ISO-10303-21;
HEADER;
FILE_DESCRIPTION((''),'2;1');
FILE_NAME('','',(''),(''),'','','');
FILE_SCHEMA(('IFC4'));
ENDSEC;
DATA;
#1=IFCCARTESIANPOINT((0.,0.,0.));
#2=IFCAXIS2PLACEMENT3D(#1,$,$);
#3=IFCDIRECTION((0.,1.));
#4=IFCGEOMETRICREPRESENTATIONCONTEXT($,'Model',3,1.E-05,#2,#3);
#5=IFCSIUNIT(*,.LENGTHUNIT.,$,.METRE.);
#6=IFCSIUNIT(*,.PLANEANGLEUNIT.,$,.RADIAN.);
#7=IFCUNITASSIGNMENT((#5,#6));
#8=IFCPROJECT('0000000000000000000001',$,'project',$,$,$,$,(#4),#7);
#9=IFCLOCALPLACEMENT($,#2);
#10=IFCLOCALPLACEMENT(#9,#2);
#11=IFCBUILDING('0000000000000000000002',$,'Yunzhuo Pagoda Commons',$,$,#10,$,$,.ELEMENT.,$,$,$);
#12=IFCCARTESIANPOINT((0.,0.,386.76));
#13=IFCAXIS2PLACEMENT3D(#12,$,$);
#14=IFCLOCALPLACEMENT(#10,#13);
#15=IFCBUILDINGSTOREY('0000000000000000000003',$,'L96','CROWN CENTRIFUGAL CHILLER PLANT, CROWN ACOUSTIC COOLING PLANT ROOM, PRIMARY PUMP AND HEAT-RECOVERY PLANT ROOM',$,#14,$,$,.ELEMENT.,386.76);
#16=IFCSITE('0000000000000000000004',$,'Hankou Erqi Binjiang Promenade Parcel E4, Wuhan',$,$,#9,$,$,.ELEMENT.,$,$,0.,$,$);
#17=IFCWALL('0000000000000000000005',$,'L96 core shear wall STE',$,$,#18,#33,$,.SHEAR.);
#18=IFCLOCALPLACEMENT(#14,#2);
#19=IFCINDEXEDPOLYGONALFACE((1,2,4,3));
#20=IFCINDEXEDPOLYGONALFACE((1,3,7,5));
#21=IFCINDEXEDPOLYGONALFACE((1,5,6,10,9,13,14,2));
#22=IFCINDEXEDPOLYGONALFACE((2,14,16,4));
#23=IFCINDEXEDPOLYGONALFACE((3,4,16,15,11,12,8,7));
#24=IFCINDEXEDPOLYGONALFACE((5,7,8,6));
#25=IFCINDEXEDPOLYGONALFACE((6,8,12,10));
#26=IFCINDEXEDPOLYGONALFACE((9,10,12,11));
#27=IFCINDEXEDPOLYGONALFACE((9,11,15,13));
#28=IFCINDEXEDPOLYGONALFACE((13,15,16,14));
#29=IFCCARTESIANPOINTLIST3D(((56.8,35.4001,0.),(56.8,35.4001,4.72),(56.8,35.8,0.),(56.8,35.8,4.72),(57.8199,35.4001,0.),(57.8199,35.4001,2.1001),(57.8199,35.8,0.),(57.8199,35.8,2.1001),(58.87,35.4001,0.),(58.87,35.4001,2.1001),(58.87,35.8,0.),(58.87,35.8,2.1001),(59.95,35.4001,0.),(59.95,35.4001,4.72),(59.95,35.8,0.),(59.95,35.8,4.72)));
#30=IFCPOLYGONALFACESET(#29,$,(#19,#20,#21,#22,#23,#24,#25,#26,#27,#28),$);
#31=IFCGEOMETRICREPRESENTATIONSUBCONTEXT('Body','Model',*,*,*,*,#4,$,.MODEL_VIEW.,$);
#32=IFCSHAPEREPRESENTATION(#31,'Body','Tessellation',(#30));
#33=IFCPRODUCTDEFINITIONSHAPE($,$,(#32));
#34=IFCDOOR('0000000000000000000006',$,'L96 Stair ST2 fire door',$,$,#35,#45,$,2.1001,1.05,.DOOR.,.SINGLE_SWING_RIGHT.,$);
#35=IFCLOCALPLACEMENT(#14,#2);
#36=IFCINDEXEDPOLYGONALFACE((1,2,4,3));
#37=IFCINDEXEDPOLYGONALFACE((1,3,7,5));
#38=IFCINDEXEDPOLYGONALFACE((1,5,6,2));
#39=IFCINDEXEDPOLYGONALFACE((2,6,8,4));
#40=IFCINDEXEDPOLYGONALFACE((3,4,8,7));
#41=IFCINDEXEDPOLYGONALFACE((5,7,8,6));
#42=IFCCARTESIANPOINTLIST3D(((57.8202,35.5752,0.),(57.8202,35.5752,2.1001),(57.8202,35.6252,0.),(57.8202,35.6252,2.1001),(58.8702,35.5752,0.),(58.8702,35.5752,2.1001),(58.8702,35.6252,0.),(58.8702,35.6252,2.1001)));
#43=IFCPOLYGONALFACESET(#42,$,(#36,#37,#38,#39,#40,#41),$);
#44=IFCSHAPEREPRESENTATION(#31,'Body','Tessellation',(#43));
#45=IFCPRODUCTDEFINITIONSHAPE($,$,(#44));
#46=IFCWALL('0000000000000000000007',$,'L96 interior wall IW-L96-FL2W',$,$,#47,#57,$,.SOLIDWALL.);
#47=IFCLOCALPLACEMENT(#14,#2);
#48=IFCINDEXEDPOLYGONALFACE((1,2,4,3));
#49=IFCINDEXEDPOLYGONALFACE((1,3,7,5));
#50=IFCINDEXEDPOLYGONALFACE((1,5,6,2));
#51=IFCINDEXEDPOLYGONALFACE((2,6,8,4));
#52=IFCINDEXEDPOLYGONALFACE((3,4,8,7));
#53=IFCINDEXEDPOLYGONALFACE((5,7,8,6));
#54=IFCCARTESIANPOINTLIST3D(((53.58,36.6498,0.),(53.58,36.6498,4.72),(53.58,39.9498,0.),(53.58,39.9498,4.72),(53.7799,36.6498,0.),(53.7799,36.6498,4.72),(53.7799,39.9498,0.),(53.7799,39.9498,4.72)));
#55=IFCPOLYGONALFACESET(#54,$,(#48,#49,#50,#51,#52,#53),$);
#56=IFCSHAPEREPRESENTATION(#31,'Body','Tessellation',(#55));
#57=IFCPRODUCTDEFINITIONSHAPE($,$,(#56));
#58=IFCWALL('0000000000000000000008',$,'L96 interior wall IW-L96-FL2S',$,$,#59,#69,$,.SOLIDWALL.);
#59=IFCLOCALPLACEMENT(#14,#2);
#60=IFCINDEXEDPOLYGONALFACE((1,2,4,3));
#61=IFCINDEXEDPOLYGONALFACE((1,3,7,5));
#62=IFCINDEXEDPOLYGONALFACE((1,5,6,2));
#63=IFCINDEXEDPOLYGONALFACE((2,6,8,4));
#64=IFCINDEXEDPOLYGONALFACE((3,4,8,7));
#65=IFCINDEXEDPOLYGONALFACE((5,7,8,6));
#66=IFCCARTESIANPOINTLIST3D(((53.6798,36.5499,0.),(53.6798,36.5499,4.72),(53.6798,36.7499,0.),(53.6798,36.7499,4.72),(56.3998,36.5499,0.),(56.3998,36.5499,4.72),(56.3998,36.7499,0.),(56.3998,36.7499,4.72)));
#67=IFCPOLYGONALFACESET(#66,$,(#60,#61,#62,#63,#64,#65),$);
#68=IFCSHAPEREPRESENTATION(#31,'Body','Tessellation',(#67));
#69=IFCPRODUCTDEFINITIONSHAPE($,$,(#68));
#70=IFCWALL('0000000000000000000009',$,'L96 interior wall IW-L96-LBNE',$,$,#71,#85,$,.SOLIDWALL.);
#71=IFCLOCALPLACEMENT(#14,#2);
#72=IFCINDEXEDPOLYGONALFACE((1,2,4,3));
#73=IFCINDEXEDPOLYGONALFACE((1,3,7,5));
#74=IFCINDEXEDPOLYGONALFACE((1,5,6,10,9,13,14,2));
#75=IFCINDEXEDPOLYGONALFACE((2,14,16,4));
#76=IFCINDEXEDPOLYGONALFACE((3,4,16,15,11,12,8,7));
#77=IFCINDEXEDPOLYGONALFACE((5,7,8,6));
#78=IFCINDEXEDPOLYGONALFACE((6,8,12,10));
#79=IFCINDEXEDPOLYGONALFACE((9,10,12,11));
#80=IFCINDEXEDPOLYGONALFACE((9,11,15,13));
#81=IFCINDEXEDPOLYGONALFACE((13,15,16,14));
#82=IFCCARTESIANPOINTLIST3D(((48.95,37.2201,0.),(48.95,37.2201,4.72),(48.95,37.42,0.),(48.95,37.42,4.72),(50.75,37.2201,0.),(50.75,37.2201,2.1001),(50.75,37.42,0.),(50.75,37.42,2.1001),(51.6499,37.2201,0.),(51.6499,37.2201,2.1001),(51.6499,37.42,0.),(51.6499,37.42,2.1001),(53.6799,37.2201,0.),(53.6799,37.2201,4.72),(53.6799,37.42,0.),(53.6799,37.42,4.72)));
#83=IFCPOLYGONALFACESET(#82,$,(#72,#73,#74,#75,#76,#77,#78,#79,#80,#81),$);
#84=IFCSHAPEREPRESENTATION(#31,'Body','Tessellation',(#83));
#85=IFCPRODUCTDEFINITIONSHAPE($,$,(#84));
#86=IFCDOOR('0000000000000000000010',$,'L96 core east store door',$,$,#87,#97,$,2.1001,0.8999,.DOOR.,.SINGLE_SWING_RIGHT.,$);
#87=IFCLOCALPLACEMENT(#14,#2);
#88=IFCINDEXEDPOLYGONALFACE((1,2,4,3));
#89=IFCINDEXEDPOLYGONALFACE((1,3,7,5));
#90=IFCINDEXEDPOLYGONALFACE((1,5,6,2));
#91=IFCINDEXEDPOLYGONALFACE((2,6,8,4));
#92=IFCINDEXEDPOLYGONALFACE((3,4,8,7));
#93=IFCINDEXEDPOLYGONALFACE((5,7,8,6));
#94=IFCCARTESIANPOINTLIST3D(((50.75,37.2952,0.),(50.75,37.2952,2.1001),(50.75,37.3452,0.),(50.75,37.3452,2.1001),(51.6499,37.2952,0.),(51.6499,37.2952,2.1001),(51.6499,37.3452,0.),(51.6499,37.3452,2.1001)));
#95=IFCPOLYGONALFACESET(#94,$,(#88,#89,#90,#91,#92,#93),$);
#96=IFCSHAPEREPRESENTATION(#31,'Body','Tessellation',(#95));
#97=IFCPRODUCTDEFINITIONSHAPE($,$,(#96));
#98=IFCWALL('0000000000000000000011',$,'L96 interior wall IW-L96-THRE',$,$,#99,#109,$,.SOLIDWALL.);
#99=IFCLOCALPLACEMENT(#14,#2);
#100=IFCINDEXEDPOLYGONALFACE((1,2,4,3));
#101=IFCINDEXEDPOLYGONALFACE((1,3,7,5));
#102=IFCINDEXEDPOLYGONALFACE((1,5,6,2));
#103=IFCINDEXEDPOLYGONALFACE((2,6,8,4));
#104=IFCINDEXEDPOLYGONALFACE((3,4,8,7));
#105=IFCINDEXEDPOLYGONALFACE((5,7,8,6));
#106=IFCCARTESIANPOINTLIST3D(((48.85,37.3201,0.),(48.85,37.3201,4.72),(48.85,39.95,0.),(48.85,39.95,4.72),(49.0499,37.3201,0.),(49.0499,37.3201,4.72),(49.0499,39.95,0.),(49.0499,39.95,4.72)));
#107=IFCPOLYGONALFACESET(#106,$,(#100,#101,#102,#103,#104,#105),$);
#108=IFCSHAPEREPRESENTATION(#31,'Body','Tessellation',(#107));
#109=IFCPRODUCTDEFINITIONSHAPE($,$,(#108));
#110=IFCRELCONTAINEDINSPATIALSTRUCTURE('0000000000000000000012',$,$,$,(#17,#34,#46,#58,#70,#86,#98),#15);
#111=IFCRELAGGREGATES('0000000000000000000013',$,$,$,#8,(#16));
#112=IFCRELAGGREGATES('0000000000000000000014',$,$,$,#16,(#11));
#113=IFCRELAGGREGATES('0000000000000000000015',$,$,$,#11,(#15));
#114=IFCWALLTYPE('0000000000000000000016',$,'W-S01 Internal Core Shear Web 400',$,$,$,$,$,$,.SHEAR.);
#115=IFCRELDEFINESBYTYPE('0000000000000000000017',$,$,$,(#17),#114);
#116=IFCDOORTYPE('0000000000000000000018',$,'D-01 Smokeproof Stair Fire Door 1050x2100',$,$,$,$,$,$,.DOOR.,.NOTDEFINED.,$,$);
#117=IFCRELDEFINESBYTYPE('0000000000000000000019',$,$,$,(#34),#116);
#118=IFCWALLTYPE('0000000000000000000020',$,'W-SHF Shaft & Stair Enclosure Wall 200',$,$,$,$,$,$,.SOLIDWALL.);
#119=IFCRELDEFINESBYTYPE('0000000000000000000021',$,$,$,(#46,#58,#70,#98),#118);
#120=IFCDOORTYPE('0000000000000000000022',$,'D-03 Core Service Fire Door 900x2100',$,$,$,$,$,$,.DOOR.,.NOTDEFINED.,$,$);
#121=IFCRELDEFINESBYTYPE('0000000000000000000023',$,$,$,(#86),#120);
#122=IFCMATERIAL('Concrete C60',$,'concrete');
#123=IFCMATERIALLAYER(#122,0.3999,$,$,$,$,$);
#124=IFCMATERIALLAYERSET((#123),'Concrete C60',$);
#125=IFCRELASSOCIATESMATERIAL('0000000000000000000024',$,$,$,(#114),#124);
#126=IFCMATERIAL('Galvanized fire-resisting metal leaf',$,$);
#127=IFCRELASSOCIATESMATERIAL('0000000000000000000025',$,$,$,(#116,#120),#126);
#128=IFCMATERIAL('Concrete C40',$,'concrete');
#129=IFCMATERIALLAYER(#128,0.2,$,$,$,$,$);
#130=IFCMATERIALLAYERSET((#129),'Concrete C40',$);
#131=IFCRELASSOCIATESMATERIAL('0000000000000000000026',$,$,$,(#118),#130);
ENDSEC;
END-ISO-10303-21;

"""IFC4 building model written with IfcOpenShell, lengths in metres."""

from ifc_helpers import new_model, si_unit, direction, frame, frame_2d, origin, place, context, subcontext, project, spatial, rectangle, extrude, source, transform, mapped, material, layer, layer_set, type_object, element, fill, save


model = new_model("IFC4")

# Units and contexts
model_context = context("Model", 3, precision=1e-05, world=origin(), true_north=direction((0.0, 1.0)))
body_context = subcontext(model_context, "Body", "Model", "MODEL_VIEW")
ifc_project = project(units=[si_unit("LENGTHUNIT", "METRE"), si_unit("PLANEANGLEUNIT", "RADIAN")], contexts=[model_context])

# Site, building, storey
site_placement = place(None, origin())
site = spatial("IfcSite", under=ifc_project, at=site_placement, Name="Hankou Erqi Binjiang Promenade Parcel E4, Wuhan", CompositionType="ELEMENT", RefElevation=0.0)
building_placement = place(site_placement, origin())
building = spatial("IfcBuilding", under=site, at=building_placement, Name="Yunzhuo Pagoda Commons", CompositionType="ELEMENT")
storey_placement = place(building_placement, frame((0.0, 0.0, 386.76)))
storey = spatial("IfcBuildingStorey", under=building, at=storey_placement, Name="L96", Description="CROWN CENTRIFUGAL CHILLER PLANT, CROWN ACOUSTIC COOLING PLANT ROOM, PRIMARY PUMP AND HEAT-RECOVERY PLANT ROOM", CompositionType="ELEMENT", Elevation=386.76)

# Shared definitions
ifc_material_1 = material(Name="Galvanized fire-resisting metal leaf")
shared_shape_1 = source(origin(), body_context, "Body", "SweptSolid", [
    extrude(rectangle(XDim=1.05, YDim=2.1001, at=frame_2d((0.5249, 1.05))), frame((0.0, 0.0249, 0.0), z_axis=(0.0, -1.0, 0.0), x_axis=(1.0, 0.0, 0.0)), (0.0, 0.0, 1.0), 0.05),
])

# Wall, opening, door
ifc_material_2 = material(Name="Concrete C60", Category="concrete")
ifc_layer_1 = layer(ifc_material_2, 0.3999)
ifc_layer_set_1 = layer_set([ifc_layer_1], Name="Concrete C60")
wall_type_1 = type_object("IfcWallType", Name="W-S01 Internal Core Shear Web 400", PredefinedType="SHEAR", material=ifc_layer_set_1)
wall_1_placement = place(storey_placement, frame((56.8, 35.6001, 0.0), z_axis=(0.0, 0.0, 1.0), x_axis=(1.0, 0.0, 0.0)))
wall_1 = element("IfcWall", 1, at=wall_1_placement, inside=storey, type_object=wall_type_1, Name="L96 core shear wall STE", PredefinedType="SHEAR", context=body_context, shape_type="SweptSolid", body=[
    extrude(rectangle(XDim=3.1499, YDim=0.3999, at=frame_2d((1.575, 0.0))), origin(), (0.0, 0.0, 1.0), 4.72),
])
opening_1_placement = place(wall_1_placement, frame((1.02, 0.0, 0.0)))
opening_1 = element("IfcOpeningElement", 2, at=opening_1_placement, cuts=wall_1, PredefinedType="OPENING", context=body_context, shape_type="SweptSolid", body=[
    extrude(rectangle(XDim=1.05, YDim=2.1001, at=frame_2d((0.5249, 1.05))), frame((0.0, 0.21, 0.0), z_axis=(0.0, -1.0, 0.0), x_axis=(1.0, 0.0, 0.0)), (0.0, 0.0, 1.0), 0.4199),
])
door_type_1 = type_object("IfcDoorType", Name="D-01 Smokeproof Stair Fire Door 1050x2100", OperationType="NOTDEFINED", PredefinedType="DOOR", material=ifc_material_1)
door_1_placement = place(opening_1_placement, frame((1.05, 0.0, 0.0), z_axis=(0.0, 0.0, 1.0), x_axis=(-1.0, 0.0, 0.0)))
door_1 = element("IfcDoor", 3, at=door_1_placement, inside=storey, type_object=door_type_1, Name="L96 Stair ST2 fire door", OperationType="SINGLE_SWING_RIGHT", OverallHeight=2.1001, OverallWidth=1.05, PredefinedType="DOOR", context=body_context, shape_type="MappedRepresentation", body=[
    mapped(shared_shape_1, transform((0.0, 0.0, 0.0), scale=1.0)),
])
fill(opening_1, door_1)

# Walls
ifc_material_3 = material(Name="Concrete C40", Category="concrete")
ifc_layer_2 = layer(ifc_material_3, 0.2)
ifc_layer_set_2 = layer_set([ifc_layer_2], Name="Concrete C40")
wall_type_2 = type_object("IfcWallType", Name="W-SHF Shaft & Stair Enclosure Wall 200", PredefinedType="SOLIDWALL", material=ifc_layer_set_2)
wall_2_placement = place(storey_placement, frame((53.6799, 36.6499, 0.0), z_axis=(0.0, 0.0, 1.0), x_axis=(0.0, 1.0, 0.0)))
element("IfcWall", 4, at=wall_2_placement, inside=storey, type_object=wall_type_2, Name="L96 interior wall IW-L96-FL2W", PredefinedType="SOLIDWALL", context=body_context, shape_type="SweptSolid", body=[
    extrude(rectangle(XDim=3.3, YDim=0.2, at=frame_2d((1.6499, 0.0))), origin(), (0.0, 0.0, 1.0), 4.72),
])
wall_3_placement = place(storey_placement, frame((53.6799, 36.6499, 0.0), z_axis=(0.0, 0.0, 1.0), x_axis=(1.0, 0.0, 0.0)))
element("IfcWall", 5, at=wall_3_placement, inside=storey, type_object=wall_type_2, Name="L96 interior wall IW-L96-FL2S", PredefinedType="SOLIDWALL", context=body_context, shape_type="SweptSolid", body=[
    extrude(rectangle(XDim=2.72, YDim=0.2, at=frame_2d((1.3599, 0.0))), origin(), (0.0, 0.0, 1.0), 4.72),
])

# Wall, opening, door
wall_4_placement = place(storey_placement, frame((48.95, 37.3201, 0.0), z_axis=(0.0, 0.0, 1.0), x_axis=(1.0, 0.0, 0.0)))
wall_4 = element("IfcWall", 6, at=wall_4_placement, inside=storey, type_object=wall_type_2, Name="L96 interior wall IW-L96-LBNE", PredefinedType="SOLIDWALL", context=body_context, shape_type="SweptSolid", body=[
    extrude(rectangle(XDim=4.73, YDim=0.2, at=frame_2d((2.365, 0.0))), origin(), (0.0, 0.0, 1.0), 4.72),
])
opening_2_placement = place(wall_4_placement, frame((1.8, 0.0, 0.0)))
opening_2 = element("IfcOpeningElement", 7, at=opening_2_placement, cuts=wall_4, PredefinedType="OPENING", context=body_context, shape_type="SweptSolid", body=[
    extrude(rectangle(XDim=0.8999, YDim=2.1001, at=frame_2d((0.45, 1.05))), frame((0.0, 0.1099, 0.0), z_axis=(0.0, -1.0, 0.0), x_axis=(1.0, 0.0, 0.0)), (0.0, 0.0, 1.0), 0.22),
])
door_type_2 = type_object("IfcDoorType", Name="D-03 Core Service Fire Door 900x2100", OperationType="NOTDEFINED", PredefinedType="DOOR", material=ifc_material_1)
shared_shape_2 = source(origin(), body_context, "Body", "SweptSolid", [
    extrude(rectangle(XDim=0.8999, YDim=2.1001, at=frame_2d((0.45, 1.05))), frame((0.0, 0.0249, 0.0), z_axis=(0.0, -1.0, 0.0), x_axis=(1.0, 0.0, 0.0)), (0.0, 0.0, 1.0), 0.05),
])
door_2_placement = place(opening_2_placement, frame((0.8999, 0.0, 0.0), z_axis=(0.0, 0.0, 1.0), x_axis=(-1.0, 0.0, 0.0)))
door_2 = element("IfcDoor", 8, at=door_2_placement, inside=storey, type_object=door_type_2, Name="L96 core east store door", OperationType="SINGLE_SWING_RIGHT", OverallHeight=2.1001, OverallWidth=0.8999, PredefinedType="DOOR", context=body_context, shape_type="MappedRepresentation", body=[
    mapped(shared_shape_2, transform((0.0, 0.0, 0.0), scale=1.0)),
])
fill(opening_2, door_2)

# Wall
wall_5_placement = place(storey_placement, frame((48.95, 37.3201, 0.0), z_axis=(0.0, 0.0, 1.0), x_axis=(0.0, 1.0, 0.0)))
element("IfcWall", 9, at=wall_5_placement, inside=storey, type_object=wall_type_2, Name="L96 interior wall IW-L96-THRE", PredefinedType="SOLIDWALL", context=body_context, shape_type="SweptSolid", body=[
    extrude(rectangle(XDim=2.6299, YDim=0.2, at=frame_2d((1.3149, 0.0))), origin(), (0.0, 0.0, 1.0), 4.72),
])

save(model, "model.ifc")
